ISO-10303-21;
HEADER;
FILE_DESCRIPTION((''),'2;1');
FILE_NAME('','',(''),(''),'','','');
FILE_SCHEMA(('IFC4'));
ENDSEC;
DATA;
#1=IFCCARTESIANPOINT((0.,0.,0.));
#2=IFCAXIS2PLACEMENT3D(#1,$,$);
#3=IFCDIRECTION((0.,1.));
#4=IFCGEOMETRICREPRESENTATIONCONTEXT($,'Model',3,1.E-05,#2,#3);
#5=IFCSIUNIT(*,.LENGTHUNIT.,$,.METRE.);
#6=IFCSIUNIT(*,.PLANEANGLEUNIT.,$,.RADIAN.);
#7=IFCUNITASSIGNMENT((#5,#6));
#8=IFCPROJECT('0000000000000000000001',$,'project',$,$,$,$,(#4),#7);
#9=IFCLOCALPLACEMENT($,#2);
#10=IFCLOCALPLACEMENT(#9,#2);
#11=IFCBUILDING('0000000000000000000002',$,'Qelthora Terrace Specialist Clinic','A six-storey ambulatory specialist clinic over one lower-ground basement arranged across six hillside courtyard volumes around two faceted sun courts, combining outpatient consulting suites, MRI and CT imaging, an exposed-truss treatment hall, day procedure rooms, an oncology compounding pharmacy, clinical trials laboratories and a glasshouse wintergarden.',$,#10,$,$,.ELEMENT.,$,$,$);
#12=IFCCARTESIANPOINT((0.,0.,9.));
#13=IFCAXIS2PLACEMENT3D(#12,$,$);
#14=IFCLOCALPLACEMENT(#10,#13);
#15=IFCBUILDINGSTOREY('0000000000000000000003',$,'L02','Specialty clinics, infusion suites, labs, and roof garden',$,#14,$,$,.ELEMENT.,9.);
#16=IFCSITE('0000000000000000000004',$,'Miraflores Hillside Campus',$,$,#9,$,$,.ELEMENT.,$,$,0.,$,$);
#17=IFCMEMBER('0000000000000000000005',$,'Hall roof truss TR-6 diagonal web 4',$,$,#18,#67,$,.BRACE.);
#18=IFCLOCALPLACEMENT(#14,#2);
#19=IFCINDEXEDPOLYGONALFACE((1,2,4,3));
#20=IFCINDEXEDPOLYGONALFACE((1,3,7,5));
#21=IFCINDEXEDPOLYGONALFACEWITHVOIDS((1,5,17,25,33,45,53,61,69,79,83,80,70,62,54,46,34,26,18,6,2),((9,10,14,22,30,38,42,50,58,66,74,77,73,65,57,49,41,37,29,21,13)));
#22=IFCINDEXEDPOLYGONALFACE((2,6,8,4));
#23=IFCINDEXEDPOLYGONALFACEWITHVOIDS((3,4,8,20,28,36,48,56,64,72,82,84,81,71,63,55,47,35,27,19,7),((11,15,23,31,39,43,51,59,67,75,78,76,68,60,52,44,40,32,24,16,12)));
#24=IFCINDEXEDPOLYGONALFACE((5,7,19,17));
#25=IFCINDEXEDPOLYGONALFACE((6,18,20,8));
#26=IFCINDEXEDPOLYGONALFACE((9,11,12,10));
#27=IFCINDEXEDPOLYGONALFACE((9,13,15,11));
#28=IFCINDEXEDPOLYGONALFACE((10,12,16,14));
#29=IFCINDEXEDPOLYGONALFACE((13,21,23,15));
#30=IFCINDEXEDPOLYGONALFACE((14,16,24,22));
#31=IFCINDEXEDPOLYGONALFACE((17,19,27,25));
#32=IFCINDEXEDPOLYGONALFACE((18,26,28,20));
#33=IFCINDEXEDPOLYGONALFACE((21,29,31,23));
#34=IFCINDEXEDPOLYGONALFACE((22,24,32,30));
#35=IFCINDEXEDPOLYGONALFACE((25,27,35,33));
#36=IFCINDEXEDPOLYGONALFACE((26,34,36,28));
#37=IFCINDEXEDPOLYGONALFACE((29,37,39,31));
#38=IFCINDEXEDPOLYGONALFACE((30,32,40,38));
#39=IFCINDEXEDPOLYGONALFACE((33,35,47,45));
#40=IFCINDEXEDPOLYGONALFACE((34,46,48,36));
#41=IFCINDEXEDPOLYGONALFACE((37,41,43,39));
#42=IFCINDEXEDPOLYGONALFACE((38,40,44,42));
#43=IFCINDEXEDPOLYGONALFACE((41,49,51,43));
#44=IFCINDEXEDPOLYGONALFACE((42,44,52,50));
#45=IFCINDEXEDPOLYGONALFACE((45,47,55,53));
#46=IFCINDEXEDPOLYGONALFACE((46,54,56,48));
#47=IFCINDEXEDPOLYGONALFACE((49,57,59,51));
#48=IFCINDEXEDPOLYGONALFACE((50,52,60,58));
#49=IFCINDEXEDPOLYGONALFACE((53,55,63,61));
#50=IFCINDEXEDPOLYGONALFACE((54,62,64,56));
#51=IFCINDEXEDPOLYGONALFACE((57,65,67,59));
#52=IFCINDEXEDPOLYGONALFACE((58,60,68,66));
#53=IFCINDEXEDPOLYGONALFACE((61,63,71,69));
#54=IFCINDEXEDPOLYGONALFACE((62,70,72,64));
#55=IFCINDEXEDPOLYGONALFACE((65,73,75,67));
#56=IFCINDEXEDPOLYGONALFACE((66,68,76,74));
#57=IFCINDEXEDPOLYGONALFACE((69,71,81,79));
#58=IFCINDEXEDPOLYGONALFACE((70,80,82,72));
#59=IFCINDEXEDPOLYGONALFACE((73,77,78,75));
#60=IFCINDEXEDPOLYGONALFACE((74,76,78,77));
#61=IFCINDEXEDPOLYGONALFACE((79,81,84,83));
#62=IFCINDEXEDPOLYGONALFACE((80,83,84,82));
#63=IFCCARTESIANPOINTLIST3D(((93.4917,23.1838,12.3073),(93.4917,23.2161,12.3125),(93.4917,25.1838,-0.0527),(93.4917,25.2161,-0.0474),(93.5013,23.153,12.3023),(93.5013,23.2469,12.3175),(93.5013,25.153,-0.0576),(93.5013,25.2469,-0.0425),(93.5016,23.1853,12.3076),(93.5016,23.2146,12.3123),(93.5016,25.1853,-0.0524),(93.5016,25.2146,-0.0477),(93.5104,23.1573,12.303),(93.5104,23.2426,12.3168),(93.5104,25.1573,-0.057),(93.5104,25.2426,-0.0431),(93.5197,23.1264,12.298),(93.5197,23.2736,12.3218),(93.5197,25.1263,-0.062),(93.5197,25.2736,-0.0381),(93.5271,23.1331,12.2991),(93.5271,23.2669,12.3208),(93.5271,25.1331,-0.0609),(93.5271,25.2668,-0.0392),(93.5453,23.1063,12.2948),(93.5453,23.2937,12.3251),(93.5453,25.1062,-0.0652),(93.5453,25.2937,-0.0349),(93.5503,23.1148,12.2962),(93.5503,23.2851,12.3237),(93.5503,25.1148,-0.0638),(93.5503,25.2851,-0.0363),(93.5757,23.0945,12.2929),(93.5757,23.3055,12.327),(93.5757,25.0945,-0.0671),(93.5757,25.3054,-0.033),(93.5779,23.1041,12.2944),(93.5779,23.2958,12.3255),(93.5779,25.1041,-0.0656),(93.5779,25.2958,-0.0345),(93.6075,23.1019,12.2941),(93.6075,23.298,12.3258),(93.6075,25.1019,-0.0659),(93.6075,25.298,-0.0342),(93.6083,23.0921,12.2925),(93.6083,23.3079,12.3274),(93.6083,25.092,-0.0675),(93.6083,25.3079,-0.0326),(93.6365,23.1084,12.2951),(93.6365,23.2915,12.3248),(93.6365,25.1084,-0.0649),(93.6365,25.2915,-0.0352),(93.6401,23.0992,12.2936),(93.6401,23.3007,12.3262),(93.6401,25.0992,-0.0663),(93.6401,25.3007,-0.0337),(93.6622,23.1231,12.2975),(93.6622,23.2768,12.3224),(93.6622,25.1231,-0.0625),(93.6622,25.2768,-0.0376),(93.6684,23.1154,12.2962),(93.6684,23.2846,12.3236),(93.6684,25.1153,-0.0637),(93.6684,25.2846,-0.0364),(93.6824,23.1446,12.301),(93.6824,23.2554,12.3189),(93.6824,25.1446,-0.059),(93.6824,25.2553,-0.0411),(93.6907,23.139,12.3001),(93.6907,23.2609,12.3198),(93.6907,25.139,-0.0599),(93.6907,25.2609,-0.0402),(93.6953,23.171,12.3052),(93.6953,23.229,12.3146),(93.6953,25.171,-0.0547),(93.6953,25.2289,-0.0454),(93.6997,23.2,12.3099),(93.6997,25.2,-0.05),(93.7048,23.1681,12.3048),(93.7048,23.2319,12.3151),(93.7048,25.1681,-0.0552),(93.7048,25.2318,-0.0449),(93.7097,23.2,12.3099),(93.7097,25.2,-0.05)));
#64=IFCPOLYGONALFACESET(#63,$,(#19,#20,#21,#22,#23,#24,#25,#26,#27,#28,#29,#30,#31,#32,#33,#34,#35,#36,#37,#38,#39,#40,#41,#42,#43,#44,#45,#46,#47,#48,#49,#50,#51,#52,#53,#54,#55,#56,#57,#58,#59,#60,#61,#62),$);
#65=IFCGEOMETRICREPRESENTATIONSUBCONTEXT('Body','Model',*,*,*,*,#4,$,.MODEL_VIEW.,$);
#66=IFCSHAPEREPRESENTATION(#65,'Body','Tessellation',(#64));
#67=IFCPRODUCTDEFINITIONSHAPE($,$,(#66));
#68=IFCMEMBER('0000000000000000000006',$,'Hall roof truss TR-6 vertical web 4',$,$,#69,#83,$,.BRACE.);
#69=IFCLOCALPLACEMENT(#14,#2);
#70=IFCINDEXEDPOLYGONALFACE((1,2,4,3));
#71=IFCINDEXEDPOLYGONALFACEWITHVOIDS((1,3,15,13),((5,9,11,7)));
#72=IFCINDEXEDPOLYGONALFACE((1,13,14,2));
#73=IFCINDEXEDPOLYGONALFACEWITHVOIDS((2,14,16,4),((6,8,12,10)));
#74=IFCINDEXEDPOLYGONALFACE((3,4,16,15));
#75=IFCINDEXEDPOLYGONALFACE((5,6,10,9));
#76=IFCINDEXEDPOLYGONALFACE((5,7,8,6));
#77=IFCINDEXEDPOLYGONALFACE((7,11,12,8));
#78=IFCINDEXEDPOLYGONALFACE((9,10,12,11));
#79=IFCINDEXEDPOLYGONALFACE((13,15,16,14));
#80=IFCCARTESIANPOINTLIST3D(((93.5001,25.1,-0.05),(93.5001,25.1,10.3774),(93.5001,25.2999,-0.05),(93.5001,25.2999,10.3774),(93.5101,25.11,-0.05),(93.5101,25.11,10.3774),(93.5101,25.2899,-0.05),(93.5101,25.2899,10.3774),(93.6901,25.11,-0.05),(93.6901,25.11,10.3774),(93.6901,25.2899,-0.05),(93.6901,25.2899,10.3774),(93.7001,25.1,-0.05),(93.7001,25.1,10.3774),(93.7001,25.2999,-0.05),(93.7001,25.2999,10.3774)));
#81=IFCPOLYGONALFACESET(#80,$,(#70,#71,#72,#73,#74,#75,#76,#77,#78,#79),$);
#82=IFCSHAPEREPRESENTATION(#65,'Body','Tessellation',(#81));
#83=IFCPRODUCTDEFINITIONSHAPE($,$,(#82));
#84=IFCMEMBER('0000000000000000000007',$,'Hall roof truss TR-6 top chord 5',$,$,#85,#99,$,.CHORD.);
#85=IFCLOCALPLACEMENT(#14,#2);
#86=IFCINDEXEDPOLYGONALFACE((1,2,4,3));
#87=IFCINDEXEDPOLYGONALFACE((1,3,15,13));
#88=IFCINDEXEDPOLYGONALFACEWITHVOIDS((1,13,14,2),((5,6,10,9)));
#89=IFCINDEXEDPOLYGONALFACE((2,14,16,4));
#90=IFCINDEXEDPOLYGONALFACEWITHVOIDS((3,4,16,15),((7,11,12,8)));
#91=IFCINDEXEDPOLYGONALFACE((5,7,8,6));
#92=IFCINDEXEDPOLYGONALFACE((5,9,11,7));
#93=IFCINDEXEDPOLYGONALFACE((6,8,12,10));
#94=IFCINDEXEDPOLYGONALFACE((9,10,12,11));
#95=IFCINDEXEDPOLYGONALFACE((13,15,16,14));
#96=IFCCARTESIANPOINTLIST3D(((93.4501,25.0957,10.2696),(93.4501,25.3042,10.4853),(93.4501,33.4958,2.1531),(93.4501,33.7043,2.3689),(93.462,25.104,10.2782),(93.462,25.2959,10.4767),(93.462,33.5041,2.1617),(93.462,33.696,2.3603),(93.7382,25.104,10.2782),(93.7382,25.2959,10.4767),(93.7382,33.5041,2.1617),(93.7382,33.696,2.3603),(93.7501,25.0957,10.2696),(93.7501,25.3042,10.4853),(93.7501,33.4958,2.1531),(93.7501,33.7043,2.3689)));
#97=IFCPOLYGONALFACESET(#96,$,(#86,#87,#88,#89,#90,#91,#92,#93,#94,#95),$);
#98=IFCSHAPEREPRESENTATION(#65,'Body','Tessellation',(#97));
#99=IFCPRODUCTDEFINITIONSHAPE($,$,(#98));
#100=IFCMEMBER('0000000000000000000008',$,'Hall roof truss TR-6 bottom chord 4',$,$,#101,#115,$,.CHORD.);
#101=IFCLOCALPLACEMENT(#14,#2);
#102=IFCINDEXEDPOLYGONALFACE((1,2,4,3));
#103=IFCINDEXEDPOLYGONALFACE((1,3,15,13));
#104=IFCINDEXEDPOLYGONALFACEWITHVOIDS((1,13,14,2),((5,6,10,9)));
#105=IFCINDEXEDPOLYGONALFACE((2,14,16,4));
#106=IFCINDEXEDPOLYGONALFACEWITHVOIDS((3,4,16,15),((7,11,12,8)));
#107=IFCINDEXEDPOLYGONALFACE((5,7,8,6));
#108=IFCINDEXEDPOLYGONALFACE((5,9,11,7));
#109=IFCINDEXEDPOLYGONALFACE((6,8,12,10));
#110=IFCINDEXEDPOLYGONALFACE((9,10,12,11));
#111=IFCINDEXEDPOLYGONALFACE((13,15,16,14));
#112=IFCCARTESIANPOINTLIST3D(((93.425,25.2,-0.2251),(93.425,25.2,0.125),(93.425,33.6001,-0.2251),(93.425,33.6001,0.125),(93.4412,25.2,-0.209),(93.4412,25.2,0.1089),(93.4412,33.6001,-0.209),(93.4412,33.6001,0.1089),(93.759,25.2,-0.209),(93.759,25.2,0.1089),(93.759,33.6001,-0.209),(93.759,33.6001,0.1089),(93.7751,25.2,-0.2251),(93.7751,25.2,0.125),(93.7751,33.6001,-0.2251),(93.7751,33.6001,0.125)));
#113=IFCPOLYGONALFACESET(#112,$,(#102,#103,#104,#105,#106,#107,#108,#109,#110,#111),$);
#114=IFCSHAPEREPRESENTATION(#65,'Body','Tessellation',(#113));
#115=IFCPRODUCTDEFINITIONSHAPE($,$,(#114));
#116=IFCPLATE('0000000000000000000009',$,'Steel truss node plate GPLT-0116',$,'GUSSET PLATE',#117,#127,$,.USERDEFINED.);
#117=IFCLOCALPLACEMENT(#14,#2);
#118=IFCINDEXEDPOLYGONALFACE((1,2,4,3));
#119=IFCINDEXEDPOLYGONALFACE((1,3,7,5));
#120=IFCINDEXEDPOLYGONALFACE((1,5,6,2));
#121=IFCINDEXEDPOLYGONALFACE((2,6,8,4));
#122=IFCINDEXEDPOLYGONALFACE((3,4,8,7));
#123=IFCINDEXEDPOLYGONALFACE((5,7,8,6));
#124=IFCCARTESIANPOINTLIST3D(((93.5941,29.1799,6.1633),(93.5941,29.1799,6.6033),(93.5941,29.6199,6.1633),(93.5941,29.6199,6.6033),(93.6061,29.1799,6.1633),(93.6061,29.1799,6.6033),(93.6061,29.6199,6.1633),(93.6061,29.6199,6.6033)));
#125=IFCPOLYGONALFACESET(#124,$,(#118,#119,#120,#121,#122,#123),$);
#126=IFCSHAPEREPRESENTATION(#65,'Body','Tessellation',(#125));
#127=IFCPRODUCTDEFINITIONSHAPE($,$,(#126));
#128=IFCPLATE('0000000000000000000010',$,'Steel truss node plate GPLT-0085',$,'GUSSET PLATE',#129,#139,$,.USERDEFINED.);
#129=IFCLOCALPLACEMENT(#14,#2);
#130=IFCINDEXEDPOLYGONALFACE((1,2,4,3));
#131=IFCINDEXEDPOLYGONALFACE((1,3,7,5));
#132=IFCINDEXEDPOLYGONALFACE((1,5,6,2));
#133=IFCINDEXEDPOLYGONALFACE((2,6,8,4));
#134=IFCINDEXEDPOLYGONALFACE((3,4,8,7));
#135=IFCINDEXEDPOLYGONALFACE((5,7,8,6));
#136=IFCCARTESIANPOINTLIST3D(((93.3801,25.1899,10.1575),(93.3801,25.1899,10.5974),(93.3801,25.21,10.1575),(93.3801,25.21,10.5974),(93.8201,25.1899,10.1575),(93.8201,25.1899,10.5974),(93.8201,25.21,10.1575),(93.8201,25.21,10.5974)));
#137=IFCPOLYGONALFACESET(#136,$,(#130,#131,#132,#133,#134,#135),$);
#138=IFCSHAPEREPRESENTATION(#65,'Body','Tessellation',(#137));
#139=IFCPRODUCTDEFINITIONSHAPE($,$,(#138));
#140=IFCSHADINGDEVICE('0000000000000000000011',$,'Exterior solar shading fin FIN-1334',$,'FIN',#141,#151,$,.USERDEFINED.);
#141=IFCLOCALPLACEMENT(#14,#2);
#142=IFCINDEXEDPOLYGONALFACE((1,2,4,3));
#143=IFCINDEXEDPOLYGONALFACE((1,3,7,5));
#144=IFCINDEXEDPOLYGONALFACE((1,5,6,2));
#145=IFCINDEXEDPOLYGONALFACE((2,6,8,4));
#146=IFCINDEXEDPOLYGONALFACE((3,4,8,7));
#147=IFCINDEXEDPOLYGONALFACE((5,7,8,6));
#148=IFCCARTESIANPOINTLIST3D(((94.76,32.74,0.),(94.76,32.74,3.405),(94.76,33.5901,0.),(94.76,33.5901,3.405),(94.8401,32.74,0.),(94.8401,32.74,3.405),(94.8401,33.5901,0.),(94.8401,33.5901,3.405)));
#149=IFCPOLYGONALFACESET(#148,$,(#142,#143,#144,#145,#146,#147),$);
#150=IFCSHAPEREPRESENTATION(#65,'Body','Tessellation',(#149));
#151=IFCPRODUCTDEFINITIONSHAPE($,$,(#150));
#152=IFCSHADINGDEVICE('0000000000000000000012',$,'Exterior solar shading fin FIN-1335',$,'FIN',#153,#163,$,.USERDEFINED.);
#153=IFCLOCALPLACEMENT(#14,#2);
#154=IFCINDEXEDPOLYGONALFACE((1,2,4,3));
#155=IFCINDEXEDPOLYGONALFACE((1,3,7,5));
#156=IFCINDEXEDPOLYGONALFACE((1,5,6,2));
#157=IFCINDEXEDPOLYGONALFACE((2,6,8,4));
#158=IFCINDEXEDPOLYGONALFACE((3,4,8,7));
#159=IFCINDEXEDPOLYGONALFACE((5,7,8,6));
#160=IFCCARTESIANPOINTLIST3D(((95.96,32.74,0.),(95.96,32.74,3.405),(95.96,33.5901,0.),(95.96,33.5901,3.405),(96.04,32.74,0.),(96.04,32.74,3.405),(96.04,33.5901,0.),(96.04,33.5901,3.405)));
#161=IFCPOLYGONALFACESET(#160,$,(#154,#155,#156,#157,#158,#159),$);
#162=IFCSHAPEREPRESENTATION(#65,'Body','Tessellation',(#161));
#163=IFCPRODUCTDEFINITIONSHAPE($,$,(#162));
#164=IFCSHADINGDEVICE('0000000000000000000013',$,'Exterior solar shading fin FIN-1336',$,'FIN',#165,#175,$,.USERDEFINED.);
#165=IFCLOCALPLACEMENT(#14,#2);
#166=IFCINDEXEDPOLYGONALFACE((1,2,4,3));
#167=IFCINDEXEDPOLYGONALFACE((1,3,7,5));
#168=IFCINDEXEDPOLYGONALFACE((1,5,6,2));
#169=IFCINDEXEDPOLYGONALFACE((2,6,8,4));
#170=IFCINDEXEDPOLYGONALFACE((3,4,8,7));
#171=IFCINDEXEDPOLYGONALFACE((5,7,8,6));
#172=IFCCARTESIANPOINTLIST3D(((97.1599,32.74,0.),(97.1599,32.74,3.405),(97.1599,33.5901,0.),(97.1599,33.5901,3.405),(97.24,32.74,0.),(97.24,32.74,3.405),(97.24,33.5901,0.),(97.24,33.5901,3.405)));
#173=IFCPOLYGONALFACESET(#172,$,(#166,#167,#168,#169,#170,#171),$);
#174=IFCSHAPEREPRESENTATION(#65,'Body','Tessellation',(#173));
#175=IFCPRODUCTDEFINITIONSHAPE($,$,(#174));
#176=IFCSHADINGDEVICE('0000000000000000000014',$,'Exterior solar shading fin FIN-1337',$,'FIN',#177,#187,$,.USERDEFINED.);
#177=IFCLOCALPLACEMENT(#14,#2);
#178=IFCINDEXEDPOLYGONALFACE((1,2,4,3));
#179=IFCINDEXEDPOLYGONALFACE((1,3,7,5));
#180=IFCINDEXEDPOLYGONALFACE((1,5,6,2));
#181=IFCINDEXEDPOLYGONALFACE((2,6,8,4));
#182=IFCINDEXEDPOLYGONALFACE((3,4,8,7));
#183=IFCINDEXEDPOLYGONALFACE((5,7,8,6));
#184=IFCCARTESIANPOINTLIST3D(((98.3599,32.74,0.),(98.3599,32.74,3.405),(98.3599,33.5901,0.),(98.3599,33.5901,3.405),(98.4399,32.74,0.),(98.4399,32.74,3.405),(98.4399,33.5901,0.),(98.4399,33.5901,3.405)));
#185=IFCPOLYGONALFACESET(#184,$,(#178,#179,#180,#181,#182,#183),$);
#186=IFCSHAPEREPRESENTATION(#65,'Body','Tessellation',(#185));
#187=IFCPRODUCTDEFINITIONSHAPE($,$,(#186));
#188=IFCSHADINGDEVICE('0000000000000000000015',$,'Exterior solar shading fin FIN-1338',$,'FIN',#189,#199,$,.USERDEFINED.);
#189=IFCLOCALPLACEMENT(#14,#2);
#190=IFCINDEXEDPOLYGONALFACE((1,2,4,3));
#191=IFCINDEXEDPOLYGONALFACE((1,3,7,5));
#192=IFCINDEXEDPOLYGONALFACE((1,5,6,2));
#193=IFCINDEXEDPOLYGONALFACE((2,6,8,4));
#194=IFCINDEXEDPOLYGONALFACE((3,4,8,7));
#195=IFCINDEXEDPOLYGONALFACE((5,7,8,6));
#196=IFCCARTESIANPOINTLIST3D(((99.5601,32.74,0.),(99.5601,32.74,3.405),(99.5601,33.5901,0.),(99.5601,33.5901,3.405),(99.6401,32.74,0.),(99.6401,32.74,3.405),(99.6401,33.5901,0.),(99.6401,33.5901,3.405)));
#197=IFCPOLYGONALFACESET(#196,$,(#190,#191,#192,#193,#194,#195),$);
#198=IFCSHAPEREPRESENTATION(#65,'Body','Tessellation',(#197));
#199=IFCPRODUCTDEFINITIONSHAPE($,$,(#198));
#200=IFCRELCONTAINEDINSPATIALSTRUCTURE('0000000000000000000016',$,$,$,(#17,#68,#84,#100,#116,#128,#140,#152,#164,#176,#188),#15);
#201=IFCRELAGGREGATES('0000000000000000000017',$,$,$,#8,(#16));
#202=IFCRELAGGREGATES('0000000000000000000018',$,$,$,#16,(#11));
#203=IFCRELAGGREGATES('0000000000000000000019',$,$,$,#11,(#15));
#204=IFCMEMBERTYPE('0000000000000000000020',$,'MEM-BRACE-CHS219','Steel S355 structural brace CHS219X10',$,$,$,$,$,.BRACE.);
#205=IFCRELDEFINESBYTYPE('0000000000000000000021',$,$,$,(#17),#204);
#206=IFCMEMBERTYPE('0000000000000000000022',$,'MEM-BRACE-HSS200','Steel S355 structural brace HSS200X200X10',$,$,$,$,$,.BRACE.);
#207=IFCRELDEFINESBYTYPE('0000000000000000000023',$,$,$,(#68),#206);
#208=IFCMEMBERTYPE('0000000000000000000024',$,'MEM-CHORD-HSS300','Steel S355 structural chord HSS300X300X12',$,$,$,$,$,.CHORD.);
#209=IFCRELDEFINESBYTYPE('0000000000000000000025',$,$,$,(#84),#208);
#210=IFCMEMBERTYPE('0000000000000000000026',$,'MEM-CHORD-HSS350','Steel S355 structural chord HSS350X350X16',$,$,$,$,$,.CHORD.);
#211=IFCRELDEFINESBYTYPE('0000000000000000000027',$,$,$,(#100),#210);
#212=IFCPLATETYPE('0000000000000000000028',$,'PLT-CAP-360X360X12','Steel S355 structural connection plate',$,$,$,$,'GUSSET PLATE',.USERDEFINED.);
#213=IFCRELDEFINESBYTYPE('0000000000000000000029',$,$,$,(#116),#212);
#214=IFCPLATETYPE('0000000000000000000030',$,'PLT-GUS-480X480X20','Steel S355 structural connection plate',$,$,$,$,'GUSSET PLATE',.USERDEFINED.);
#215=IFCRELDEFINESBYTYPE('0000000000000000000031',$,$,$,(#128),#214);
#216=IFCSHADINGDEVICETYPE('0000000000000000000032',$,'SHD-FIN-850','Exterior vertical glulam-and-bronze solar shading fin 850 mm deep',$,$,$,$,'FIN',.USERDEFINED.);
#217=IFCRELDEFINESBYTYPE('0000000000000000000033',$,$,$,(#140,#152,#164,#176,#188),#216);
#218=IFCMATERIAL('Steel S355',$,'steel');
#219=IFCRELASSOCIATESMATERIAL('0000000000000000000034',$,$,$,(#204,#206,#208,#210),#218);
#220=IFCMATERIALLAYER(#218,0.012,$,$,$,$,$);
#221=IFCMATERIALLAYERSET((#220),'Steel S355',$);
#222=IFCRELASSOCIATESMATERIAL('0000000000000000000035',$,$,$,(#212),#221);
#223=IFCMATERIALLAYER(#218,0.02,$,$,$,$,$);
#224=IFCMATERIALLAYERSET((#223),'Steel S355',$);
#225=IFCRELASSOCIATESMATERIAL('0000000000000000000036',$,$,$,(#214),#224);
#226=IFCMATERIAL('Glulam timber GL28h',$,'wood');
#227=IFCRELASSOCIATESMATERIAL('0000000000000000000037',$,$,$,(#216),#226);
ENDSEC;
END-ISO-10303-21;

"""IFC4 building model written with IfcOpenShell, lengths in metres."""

from ifc_helpers import new_model, si_unit, direction, frame, origin, origin_2d, place, context, subcontext, project, spatial, rectangle, hollow_rectangle, hollow_circle, extrude, material, layer, layer_set, material_profile, profile_set, type_object, element, save


model = new_model("IFC4")

# Units and contexts
model_context = context("Model", 3, precision=1e-05, world=origin(), true_north=direction((0.0, 1.0)))
body_context = subcontext(model_context, "Body", "Model", "MODEL_VIEW")
ifc_project = project(units=[si_unit("LENGTHUNIT", "METRE"), si_unit("PLANEANGLEUNIT", "RADIAN")], contexts=[model_context])

# Site, building, storey
site_placement = place(None, origin())
site = spatial("IfcSite", under=ifc_project, at=site_placement, Name="Miraflores Hillside Campus", CompositionType="ELEMENT", RefElevation=0.0)
building_placement = place(site_placement, origin())
building = spatial("IfcBuilding", under=site, at=building_placement, Name="Qelthora Terrace Specialist Clinic", Description="A six-storey ambulatory specialist clinic over one lower-ground basement arranged across six hillside courtyard volumes around two faceted sun courts, combining outpatient consulting suites, MRI and CT imaging, an exposed-truss treatment hall, day procedure rooms, an oncology compounding pharmacy, clinical trials laboratories and a glasshouse wintergarden.", CompositionType="ELEMENT")
storey_placement = place(building_placement, frame((0.0, 0.0, 9.0)))
storey = spatial("IfcBuildingStorey", under=building, at=storey_placement, Name="L02", Description="Specialty clinics, infusion suites, labs, and roof garden", CompositionType="ELEMENT", Elevation=9.0)

# Shared definitions
ifc_material_1 = material(Name="Steel S355", Category="steel")

# Members
ifc_material_profile_1 = material_profile(ifc_material_1, hollow_circle(Radius=0.1096, WallThickness=0.01, at=origin_2d()), Name="CHS219X10")
ifc_profile_set_1 = profile_set([ifc_material_profile_1], Name="Steel S355")
member_type_1 = type_object("IfcMemberType", Name="MEM-BRACE-CHS219", Description="Steel S355 structural brace CHS219X10", PredefinedType="BRACE", material=ifc_profile_set_1)
member_1_placement = place(storey_placement, frame((93.6001, 25.2, -0.05), z_axis=(0.0, -0.159733, 0.98716), x_axis=(1.0, 0.0, 0.0)))
element("IfcMember", 1, at=member_1_placement, inside=storey, type_object=member_type_1, Name="Hall roof truss TR-6 diagonal web 4", PredefinedType="BRACE", context=body_context, shape_type="SweptSolid", body=[
    extrude(hollow_circle(Radius=0.1096, WallThickness=0.01, at=origin_2d()), origin(), (0.0, 0.0, 1.0), 12.5208),
])
ifc_material_profile_2 = material_profile(ifc_material_1, hollow_rectangle(XDim=0.2, YDim=0.2, WallThickness=0.01, at=origin_2d()), Name="HSS200X200X10")
ifc_profile_set_2 = profile_set([ifc_material_profile_2], Name="Steel S355")
member_type_2 = type_object("IfcMemberType", Name="MEM-BRACE-HSS200", Description="Steel S355 structural brace HSS200X200X10", PredefinedType="BRACE", material=ifc_profile_set_2)
member_2_placement = place(storey_placement, frame((93.6001, 25.2, -0.05), z_axis=(0.0, 0.0, 1.0), x_axis=(1.0, 0.0, 0.0)))
element("IfcMember", 2, at=member_2_placement, inside=storey, type_object=member_type_2, Name="Hall roof truss TR-6 vertical web 4", PredefinedType="BRACE", context=body_context, shape_type="SweptSolid", body=[
    extrude(hollow_rectangle(XDim=0.2, YDim=0.2, WallThickness=0.01, at=origin_2d()), origin(), (0.0, 0.0, 1.0), 10.4275),
])
ifc_material_profile_3 = material_profile(ifc_material_1, hollow_rectangle(XDim=0.3, YDim=0.3, WallThickness=0.012, at=origin_2d()), Name="HSS300X300X12")
ifc_profile_set_3 = profile_set([ifc_material_profile_3], Name="Steel S355")
member_type_3 = type_object("IfcMemberType", Name="MEM-CHORD-HSS300", Description="Steel S355 structural chord HSS300X300X12", PredefinedType="CHORD", material=ifc_profile_set_3)
member_3_placement = place(storey_placement, frame((93.6001, 25.2, 10.3774), z_axis=(0.0, 0.719146, -0.694859), x_axis=(-1.0, 0.0, 0.0)))
element("IfcMember", 3, at=member_3_placement, inside=storey, type_object=member_type_3, Name="Hall roof truss TR-6 top chord 5", PredefinedType="CHORD", context=body_context, shape_type="SweptSolid", body=[
    extrude(hollow_rectangle(XDim=0.3, YDim=0.3, WallThickness=0.012, at=origin_2d()), origin(), (0.0, 0.0, 1.0), 11.6807),
])
ifc_material_profile_4 = material_profile(ifc_material_1, hollow_rectangle(XDim=0.3501, YDim=0.3501, WallThickness=0.0161, at=origin_2d()), Name="HSS350X350X16")
ifc_profile_set_4 = profile_set([ifc_material_profile_4], Name="Steel S355")
member_type_4 = type_object("IfcMemberType", Name="MEM-CHORD-HSS350", Description="Steel S355 structural chord HSS350X350X16", PredefinedType="CHORD", material=ifc_profile_set_4)
member_4_placement = place(storey_placement, frame((93.6001, 25.2, -0.05), z_axis=(0.0, 1.0, 0.0), x_axis=(-1.0, 0.0, 0.0)))
element("IfcMember", 4, at=member_4_placement, inside=storey, type_object=member_type_4, Name="Hall roof truss TR-6 bottom chord 4", PredefinedType="CHORD", context=body_context, shape_type="SweptSolid", body=[
    extrude(hollow_rectangle(XDim=0.3501, YDim=0.3501, WallThickness=0.0161, at=origin_2d()), origin(), (0.0, 0.0, 1.0), 8.4001),
])

# Plates
ifc_layer_1 = layer(ifc_material_1, 0.012)
ifc_layer_set_1 = layer_set([ifc_layer_1], Name="Steel S355")
plate_type_1 = type_object("IfcPlateType", Name="PLT-CAP-360X360X12", Description="Steel S355 structural connection plate", ElementType="GUSSET PLATE", PredefinedType="USERDEFINED", material=ifc_layer_set_1)
plate_1_placement = place(storey_placement, frame((93.6001, 29.3999, 6.1633), z_axis=(0.0, 0.0, 1.0), x_axis=(1.0, 0.0, 0.0)))
element("IfcPlate", 5, at=plate_1_placement, inside=storey, type_object=plate_type_1, Name="Steel truss node plate GPLT-0116", ObjectType="GUSSET PLATE", PredefinedType="USERDEFINED", context=body_context, shape_type="SweptSolid", body=[
    extrude(rectangle(XDim=0.012, YDim=0.4399, at=origin_2d()), origin(), (0.0, 0.0, 1.0), 0.4399),
])
ifc_layer_2 = layer(ifc_material_1, 0.02)
ifc_layer_set_2 = layer_set([ifc_layer_2], Name="Steel S355")
plate_type_2 = type_object("IfcPlateType", Name="PLT-GUS-480X480X20", Description="Steel S355 structural connection plate", ElementType="GUSSET PLATE", PredefinedType="USERDEFINED", material=ifc_layer_set_2)
plate_2_placement = place(storey_placement, frame((93.6001, 25.2, 10.1575), z_axis=(0.0, 0.0, 1.0), x_axis=(1.0, 0.0, 0.0)))
element("IfcPlate", 6, at=plate_2_placement, inside=storey, type_object=plate_type_2, Name="Steel truss node plate GPLT-0085", ObjectType="GUSSET PLATE", PredefinedType="USERDEFINED", context=body_context, shape_type="SweptSolid", body=[
    extrude(rectangle(XDim=0.4399, YDim=0.02, at=origin_2d()), origin(), (0.0, 0.0, 1.0), 0.4399),
])

# Shading devices
ifc_material_2 = material(Name="Glulam timber GL28h", Category="wood")
shading_device_type = type_object("IfcShadingDeviceType", Name="SHD-FIN-850", Description="Exterior vertical glulam-and-bronze solar shading fin 850 mm deep", ElementType="FIN", PredefinedType="USERDEFINED", material=ifc_material_2)
for number, where, z_axis, x_axis, name in (
    (7, (94.8, 33.165, 0.0), (0.0, 0.0, 1.0), (0.0, -1.0, 0.0), "Exterior solar shading fin FIN-1334"),
    (8, (96.0, 33.165, 0.0), (0.0, 0.0, 1.0), (0.0, -1.0, 0.0), "Exterior solar shading fin FIN-1335"),
    (9, (97.2, 33.165, 0.0), (0.0, 0.0, 1.0), (0.0, -1.0, 0.0), "Exterior solar shading fin FIN-1336"),
    (10, (98.3999, 33.165, 0.0), (0.0, 0.0, 1.0), (0.0, -1.0, 0.0), "Exterior solar shading fin FIN-1337"),
    (11, (99.6001, 33.165, 0.0), (0.0, 0.0, 1.0), (0.0, -1.0, 0.0), "Exterior solar shading fin FIN-1338"),
):
    element("IfcShadingDevice", number, at=place(storey_placement, frame(where, z_axis=z_axis, x_axis=x_axis)), inside=storey, type_object=shading_device_type, Name=name, ObjectType="FIN", PredefinedType="USERDEFINED", context=body_context, shape_type="SweptSolid", body=[
        extrude(rectangle(XDim=0.8501, YDim=0.0801, at=origin_2d()), origin(), (0.0, 0.0, 1.0), 3.405),
    ])

save(model, "model.ifc")
